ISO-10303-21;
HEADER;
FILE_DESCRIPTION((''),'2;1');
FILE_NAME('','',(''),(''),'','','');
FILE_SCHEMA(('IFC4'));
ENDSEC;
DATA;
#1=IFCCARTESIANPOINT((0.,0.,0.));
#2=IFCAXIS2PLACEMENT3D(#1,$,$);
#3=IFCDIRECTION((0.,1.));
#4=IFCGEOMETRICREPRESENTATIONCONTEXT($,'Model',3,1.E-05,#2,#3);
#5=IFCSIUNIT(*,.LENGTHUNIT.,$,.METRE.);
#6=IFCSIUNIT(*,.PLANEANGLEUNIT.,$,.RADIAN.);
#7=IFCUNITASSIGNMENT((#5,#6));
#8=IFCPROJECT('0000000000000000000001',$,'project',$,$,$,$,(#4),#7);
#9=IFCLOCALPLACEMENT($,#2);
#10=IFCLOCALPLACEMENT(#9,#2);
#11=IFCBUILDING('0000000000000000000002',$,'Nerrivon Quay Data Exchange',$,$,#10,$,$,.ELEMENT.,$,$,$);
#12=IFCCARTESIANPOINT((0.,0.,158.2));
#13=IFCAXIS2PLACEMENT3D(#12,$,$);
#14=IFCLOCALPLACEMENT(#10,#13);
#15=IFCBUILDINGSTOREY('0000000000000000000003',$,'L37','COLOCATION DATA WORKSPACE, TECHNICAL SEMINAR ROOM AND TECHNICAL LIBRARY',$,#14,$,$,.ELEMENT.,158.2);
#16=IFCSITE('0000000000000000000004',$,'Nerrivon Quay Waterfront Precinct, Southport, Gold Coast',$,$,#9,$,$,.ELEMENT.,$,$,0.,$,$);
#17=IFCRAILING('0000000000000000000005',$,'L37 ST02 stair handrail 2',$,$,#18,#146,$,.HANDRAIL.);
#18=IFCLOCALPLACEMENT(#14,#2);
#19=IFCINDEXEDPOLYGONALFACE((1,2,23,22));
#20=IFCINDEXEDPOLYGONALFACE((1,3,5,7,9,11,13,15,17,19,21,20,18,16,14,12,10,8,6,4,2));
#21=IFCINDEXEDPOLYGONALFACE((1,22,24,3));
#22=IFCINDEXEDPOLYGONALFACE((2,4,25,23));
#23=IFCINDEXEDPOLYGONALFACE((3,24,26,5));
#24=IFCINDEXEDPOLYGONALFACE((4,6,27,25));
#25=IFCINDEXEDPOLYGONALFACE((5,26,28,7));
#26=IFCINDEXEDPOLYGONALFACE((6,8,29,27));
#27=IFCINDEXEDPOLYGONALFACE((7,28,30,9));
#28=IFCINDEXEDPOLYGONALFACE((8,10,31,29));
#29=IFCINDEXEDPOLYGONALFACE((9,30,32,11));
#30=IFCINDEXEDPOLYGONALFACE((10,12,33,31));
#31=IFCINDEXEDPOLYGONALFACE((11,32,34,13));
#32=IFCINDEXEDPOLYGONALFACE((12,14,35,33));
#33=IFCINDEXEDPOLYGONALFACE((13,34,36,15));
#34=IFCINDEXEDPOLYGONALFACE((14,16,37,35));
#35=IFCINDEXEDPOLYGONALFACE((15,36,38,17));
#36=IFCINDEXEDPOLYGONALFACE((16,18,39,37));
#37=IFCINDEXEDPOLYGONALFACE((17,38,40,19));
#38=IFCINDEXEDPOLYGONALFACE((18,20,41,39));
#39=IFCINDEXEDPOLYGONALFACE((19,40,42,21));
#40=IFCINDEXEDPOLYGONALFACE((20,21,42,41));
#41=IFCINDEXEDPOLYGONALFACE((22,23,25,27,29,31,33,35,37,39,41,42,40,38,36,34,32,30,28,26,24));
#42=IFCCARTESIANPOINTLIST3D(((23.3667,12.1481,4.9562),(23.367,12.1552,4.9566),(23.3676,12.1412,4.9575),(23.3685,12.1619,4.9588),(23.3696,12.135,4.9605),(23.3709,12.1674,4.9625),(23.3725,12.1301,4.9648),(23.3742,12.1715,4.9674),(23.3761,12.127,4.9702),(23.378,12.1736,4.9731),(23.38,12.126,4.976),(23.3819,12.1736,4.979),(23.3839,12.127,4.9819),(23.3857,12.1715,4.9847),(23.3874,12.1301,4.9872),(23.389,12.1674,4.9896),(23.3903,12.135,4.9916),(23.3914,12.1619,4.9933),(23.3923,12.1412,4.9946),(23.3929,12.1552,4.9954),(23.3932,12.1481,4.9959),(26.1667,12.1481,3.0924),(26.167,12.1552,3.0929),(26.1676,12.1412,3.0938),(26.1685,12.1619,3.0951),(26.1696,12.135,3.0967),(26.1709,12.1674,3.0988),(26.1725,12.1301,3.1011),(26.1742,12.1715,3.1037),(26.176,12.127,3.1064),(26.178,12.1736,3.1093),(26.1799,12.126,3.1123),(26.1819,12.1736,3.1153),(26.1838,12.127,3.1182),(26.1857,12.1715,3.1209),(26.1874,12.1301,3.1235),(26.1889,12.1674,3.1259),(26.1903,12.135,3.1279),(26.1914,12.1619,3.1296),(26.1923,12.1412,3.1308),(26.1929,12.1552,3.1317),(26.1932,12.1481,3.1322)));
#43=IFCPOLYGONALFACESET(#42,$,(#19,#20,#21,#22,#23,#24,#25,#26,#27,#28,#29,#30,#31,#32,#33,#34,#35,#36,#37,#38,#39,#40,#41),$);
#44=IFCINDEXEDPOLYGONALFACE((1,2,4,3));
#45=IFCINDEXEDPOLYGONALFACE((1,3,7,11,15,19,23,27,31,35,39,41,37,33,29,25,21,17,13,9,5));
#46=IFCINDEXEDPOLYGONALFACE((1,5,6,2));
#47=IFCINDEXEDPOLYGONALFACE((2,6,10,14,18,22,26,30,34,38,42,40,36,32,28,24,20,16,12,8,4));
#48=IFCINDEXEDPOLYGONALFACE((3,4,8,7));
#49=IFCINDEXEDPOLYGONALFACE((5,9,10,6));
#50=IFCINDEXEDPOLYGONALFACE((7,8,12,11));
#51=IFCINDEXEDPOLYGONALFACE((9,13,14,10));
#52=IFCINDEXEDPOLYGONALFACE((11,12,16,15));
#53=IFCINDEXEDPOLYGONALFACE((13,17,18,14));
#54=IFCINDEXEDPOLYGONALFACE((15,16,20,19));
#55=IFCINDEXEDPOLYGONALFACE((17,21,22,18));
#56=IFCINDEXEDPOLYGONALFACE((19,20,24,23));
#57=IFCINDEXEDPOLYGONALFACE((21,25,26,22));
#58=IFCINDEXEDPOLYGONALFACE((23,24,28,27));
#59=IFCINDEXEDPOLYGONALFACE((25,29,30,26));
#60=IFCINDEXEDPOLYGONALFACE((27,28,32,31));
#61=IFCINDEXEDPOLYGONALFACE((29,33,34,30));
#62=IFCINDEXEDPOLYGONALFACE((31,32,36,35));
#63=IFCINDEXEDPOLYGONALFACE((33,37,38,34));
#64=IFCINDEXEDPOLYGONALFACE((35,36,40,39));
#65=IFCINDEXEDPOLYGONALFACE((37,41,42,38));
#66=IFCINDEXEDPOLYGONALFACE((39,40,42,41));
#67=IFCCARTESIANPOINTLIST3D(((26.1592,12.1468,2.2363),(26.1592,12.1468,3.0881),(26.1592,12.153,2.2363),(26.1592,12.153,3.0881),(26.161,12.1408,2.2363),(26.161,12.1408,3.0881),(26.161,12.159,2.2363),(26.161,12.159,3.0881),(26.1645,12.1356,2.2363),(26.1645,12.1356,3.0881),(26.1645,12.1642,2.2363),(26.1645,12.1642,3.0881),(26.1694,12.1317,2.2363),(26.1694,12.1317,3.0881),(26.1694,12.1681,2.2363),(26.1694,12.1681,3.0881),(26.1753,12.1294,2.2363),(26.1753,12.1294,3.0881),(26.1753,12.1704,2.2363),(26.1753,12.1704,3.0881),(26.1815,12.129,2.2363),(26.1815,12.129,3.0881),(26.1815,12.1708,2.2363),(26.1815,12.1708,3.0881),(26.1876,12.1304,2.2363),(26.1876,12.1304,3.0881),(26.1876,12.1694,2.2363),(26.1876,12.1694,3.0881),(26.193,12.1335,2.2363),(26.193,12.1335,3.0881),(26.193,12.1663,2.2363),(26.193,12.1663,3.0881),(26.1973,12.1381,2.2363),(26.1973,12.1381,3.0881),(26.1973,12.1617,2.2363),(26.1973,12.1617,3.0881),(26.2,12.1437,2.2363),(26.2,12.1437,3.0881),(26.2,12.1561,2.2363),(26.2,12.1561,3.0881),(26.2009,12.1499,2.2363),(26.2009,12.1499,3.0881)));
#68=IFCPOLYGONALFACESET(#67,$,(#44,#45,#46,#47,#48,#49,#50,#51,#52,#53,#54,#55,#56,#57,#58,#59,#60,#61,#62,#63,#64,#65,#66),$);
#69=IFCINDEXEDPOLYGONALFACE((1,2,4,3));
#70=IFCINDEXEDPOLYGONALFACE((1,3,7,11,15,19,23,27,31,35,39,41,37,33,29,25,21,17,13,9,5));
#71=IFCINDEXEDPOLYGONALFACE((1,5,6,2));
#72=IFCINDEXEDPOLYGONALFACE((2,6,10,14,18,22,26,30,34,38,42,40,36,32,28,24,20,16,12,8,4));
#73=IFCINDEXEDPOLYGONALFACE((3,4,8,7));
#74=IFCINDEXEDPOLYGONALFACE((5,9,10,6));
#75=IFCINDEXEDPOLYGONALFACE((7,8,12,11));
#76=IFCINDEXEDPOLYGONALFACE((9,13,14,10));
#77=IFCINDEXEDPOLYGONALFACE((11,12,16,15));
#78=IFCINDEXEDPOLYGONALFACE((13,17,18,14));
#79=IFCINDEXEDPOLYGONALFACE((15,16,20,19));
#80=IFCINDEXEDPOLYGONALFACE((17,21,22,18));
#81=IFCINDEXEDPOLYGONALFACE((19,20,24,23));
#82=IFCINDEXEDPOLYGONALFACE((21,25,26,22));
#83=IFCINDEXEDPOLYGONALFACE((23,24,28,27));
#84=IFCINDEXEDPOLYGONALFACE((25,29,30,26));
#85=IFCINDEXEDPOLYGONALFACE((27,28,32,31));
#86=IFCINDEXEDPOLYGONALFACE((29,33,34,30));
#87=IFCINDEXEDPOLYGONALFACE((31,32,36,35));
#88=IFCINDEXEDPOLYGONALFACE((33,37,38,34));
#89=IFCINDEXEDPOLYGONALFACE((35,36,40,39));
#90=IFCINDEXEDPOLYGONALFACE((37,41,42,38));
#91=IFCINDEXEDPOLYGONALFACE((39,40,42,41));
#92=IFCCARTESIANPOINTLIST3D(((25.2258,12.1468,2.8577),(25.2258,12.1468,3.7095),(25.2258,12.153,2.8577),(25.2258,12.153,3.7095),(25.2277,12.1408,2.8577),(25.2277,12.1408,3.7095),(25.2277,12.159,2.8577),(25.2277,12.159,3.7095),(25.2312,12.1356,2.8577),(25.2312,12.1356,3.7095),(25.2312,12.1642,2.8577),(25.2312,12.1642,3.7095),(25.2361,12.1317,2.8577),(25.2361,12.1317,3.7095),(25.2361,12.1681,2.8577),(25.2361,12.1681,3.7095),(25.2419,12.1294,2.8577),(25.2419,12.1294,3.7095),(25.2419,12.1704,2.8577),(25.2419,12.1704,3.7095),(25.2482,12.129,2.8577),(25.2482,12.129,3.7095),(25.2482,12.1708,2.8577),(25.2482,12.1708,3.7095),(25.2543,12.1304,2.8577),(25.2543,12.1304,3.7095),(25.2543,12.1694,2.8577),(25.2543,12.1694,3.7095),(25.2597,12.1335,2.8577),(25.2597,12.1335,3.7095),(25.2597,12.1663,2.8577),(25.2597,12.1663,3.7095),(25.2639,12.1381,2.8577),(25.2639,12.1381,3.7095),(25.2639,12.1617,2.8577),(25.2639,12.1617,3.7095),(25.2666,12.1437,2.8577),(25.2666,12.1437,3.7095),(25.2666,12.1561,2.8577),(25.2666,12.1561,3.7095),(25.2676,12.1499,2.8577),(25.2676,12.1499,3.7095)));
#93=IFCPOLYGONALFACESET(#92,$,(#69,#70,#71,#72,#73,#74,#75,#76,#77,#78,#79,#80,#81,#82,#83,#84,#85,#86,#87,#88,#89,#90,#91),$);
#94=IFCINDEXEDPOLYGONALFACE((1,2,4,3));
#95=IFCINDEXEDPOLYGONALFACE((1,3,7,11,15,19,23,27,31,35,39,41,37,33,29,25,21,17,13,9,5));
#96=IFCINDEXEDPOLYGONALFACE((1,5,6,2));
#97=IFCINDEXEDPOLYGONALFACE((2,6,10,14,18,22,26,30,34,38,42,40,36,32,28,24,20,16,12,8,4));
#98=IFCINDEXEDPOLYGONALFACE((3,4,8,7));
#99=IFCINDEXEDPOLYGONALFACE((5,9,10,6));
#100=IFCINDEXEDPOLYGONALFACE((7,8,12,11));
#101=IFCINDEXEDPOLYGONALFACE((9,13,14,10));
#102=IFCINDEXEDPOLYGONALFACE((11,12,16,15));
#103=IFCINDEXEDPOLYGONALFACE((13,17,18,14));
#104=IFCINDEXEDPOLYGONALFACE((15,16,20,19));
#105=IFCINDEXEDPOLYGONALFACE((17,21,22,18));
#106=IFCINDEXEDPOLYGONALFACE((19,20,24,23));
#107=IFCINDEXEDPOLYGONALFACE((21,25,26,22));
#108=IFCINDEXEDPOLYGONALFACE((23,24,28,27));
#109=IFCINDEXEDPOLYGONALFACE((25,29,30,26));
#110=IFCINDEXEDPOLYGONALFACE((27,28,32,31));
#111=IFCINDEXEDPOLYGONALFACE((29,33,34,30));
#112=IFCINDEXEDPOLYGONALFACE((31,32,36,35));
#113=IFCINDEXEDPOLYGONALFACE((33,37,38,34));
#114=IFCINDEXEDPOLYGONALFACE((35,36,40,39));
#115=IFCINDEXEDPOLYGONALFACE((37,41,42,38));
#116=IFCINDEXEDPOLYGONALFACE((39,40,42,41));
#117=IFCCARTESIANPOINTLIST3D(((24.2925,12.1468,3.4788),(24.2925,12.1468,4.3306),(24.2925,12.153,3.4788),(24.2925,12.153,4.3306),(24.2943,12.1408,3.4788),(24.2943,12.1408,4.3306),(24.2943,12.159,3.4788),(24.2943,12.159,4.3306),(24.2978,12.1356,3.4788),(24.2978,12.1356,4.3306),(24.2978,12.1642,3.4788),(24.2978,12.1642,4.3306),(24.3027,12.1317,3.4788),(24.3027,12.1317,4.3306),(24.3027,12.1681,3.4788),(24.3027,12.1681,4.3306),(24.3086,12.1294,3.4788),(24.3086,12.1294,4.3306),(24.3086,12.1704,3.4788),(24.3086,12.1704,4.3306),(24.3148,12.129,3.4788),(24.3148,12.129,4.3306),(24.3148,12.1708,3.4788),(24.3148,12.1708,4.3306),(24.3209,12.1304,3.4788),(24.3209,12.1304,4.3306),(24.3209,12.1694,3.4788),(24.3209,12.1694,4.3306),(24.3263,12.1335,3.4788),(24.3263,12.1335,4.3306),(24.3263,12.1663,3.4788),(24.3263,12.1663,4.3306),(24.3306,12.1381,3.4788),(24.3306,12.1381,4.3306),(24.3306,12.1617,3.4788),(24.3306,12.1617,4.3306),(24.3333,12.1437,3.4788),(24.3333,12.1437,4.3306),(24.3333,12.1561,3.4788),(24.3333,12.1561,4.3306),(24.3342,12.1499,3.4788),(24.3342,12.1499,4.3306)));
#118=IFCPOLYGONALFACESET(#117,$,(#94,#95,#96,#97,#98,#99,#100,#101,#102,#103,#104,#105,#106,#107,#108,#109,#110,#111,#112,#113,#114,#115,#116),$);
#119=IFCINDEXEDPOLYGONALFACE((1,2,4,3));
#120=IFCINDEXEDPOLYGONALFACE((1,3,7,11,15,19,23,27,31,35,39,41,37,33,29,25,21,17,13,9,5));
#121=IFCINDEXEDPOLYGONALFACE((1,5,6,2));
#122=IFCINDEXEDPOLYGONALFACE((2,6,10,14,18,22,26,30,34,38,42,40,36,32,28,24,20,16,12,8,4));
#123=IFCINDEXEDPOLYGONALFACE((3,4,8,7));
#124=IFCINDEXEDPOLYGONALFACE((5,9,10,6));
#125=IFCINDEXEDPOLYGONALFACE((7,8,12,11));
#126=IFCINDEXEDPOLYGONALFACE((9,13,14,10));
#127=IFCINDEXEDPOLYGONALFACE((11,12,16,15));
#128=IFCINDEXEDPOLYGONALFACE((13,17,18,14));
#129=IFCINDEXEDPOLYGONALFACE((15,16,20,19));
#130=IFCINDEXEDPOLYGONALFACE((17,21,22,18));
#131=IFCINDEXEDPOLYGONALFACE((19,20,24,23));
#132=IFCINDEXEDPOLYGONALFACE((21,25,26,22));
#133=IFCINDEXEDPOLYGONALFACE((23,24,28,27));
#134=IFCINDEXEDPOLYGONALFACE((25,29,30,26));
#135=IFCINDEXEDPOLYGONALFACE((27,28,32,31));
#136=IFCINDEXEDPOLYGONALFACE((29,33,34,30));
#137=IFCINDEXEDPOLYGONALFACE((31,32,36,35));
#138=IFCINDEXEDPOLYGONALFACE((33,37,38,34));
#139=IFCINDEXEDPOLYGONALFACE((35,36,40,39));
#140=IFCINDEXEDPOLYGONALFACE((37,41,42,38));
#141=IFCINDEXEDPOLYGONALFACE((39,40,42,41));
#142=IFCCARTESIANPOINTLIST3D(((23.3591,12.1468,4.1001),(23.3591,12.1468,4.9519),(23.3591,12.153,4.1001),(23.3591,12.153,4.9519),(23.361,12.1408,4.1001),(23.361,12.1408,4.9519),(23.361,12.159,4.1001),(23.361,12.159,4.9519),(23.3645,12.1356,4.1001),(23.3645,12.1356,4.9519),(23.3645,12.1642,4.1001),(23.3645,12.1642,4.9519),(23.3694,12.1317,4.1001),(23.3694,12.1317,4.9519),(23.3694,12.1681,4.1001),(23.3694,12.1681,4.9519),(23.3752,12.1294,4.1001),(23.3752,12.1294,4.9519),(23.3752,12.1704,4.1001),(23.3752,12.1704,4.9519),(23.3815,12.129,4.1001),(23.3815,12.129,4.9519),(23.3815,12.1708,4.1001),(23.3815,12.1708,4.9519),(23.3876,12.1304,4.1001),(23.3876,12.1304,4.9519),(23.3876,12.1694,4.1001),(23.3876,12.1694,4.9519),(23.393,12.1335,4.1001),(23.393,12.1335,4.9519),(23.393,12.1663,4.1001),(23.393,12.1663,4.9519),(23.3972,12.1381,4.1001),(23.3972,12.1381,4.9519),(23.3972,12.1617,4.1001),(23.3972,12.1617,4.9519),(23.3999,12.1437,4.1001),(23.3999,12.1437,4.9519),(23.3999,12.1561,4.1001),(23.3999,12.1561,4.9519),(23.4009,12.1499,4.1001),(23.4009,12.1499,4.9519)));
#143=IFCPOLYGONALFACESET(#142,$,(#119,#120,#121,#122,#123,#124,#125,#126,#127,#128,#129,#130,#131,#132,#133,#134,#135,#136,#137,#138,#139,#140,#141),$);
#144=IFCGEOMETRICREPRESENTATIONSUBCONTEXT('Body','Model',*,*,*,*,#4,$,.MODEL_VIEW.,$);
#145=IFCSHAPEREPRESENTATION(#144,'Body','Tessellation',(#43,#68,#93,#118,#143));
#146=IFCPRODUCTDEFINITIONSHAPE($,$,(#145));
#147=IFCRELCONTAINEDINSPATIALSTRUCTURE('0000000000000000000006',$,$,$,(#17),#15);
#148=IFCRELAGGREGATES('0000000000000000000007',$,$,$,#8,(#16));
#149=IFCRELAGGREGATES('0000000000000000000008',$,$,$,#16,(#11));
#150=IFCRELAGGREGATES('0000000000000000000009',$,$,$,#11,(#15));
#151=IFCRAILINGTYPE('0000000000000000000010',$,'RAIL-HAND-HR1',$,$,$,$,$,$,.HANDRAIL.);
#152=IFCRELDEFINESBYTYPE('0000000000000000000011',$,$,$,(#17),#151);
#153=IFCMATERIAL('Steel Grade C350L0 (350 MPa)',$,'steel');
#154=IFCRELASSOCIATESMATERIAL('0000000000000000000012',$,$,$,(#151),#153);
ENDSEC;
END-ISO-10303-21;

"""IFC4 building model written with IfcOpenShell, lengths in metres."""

from ifc_helpers import new_model, si_unit, direction, frame, origin, origin_2d, place, context, subcontext, project, spatial, circle, extrude, material, type_object, element, save


model = new_model("IFC4")

# Units and contexts
model_context = context("Model", 3, precision=1e-05, world=origin(), true_north=direction((0.0, 1.0)))
body_context = subcontext(model_context, "Body", "Model", "MODEL_VIEW")
ifc_project = project(units=[si_unit("LENGTHUNIT", "METRE"), si_unit("PLANEANGLEUNIT", "RADIAN")], contexts=[model_context])

# Site, building, storey
site_placement = place(None, origin())
site = spatial("IfcSite", under=ifc_project, at=site_placement, Name="Nerrivon Quay Waterfront Precinct, Southport, Gold Coast", CompositionType="ELEMENT", RefElevation=0.0)
building_placement = place(site_placement, origin())
building = spatial("IfcBuilding", under=site, at=building_placement, Name="Nerrivon Quay Data Exchange", CompositionType="ELEMENT")
storey_placement = place(building_placement, frame((0.0, 0.0, 158.2)))
storey = spatial("IfcBuildingStorey", under=building, at=storey_placement, Name="L37", Description="COLOCATION DATA WORKSPACE, TECHNICAL SEMINAR ROOM AND TECHNICAL LIBRARY", CompositionType="ELEMENT", Elevation=158.2)

# Railing
ifc_material_1 = material(Name="Steel Grade C350L0 (350 MPa)", Category="steel")
railing_type_1 = type_object("IfcRailingType", Name="RAIL-HAND-HR1", PredefinedType="HANDRAIL", material=ifc_material_1)
railing_1_placement = place(storey_placement, frame((26.1799, 12.1499, 2.2363)))
element("IfcRailing", 1, at=railing_1_placement, inside=storey, type_object=railing_type_1, Name="L37 ST02 stair handrail 2", PredefinedType="HANDRAIL", context=body_context, shape_type="SweptSolid", body=[
    extrude(circle(Radius=0.0239, at=origin_2d()), frame((0.0, 0.0, 0.876), z_axis=(-0.832452, 0.0, 0.554097), x_axis=(0.0, -1.0, 0.0)), (0.0, 0.0, 1.0), 3.3635),
    extrude(circle(Radius=0.021, at=origin_2d()), origin(), (0.0, 0.0, 1.0), 0.8518),
    extrude(circle(Radius=0.021, at=origin_2d()), frame((-0.9333, 0.0, 0.6213)), (0.0, 0.0, 1.0), 0.8518),
    extrude(circle(Radius=0.021, at=origin_2d()), frame((-1.8667, 0.0, 1.2424)), (0.0, 0.0, 1.0), 0.8518),
    extrude(circle(Radius=0.021, at=origin_2d()), frame((-2.8, 0.0, 1.8638)), (0.0, 0.0, 1.0), 0.8518),
])

save(model, "model.ifc")
